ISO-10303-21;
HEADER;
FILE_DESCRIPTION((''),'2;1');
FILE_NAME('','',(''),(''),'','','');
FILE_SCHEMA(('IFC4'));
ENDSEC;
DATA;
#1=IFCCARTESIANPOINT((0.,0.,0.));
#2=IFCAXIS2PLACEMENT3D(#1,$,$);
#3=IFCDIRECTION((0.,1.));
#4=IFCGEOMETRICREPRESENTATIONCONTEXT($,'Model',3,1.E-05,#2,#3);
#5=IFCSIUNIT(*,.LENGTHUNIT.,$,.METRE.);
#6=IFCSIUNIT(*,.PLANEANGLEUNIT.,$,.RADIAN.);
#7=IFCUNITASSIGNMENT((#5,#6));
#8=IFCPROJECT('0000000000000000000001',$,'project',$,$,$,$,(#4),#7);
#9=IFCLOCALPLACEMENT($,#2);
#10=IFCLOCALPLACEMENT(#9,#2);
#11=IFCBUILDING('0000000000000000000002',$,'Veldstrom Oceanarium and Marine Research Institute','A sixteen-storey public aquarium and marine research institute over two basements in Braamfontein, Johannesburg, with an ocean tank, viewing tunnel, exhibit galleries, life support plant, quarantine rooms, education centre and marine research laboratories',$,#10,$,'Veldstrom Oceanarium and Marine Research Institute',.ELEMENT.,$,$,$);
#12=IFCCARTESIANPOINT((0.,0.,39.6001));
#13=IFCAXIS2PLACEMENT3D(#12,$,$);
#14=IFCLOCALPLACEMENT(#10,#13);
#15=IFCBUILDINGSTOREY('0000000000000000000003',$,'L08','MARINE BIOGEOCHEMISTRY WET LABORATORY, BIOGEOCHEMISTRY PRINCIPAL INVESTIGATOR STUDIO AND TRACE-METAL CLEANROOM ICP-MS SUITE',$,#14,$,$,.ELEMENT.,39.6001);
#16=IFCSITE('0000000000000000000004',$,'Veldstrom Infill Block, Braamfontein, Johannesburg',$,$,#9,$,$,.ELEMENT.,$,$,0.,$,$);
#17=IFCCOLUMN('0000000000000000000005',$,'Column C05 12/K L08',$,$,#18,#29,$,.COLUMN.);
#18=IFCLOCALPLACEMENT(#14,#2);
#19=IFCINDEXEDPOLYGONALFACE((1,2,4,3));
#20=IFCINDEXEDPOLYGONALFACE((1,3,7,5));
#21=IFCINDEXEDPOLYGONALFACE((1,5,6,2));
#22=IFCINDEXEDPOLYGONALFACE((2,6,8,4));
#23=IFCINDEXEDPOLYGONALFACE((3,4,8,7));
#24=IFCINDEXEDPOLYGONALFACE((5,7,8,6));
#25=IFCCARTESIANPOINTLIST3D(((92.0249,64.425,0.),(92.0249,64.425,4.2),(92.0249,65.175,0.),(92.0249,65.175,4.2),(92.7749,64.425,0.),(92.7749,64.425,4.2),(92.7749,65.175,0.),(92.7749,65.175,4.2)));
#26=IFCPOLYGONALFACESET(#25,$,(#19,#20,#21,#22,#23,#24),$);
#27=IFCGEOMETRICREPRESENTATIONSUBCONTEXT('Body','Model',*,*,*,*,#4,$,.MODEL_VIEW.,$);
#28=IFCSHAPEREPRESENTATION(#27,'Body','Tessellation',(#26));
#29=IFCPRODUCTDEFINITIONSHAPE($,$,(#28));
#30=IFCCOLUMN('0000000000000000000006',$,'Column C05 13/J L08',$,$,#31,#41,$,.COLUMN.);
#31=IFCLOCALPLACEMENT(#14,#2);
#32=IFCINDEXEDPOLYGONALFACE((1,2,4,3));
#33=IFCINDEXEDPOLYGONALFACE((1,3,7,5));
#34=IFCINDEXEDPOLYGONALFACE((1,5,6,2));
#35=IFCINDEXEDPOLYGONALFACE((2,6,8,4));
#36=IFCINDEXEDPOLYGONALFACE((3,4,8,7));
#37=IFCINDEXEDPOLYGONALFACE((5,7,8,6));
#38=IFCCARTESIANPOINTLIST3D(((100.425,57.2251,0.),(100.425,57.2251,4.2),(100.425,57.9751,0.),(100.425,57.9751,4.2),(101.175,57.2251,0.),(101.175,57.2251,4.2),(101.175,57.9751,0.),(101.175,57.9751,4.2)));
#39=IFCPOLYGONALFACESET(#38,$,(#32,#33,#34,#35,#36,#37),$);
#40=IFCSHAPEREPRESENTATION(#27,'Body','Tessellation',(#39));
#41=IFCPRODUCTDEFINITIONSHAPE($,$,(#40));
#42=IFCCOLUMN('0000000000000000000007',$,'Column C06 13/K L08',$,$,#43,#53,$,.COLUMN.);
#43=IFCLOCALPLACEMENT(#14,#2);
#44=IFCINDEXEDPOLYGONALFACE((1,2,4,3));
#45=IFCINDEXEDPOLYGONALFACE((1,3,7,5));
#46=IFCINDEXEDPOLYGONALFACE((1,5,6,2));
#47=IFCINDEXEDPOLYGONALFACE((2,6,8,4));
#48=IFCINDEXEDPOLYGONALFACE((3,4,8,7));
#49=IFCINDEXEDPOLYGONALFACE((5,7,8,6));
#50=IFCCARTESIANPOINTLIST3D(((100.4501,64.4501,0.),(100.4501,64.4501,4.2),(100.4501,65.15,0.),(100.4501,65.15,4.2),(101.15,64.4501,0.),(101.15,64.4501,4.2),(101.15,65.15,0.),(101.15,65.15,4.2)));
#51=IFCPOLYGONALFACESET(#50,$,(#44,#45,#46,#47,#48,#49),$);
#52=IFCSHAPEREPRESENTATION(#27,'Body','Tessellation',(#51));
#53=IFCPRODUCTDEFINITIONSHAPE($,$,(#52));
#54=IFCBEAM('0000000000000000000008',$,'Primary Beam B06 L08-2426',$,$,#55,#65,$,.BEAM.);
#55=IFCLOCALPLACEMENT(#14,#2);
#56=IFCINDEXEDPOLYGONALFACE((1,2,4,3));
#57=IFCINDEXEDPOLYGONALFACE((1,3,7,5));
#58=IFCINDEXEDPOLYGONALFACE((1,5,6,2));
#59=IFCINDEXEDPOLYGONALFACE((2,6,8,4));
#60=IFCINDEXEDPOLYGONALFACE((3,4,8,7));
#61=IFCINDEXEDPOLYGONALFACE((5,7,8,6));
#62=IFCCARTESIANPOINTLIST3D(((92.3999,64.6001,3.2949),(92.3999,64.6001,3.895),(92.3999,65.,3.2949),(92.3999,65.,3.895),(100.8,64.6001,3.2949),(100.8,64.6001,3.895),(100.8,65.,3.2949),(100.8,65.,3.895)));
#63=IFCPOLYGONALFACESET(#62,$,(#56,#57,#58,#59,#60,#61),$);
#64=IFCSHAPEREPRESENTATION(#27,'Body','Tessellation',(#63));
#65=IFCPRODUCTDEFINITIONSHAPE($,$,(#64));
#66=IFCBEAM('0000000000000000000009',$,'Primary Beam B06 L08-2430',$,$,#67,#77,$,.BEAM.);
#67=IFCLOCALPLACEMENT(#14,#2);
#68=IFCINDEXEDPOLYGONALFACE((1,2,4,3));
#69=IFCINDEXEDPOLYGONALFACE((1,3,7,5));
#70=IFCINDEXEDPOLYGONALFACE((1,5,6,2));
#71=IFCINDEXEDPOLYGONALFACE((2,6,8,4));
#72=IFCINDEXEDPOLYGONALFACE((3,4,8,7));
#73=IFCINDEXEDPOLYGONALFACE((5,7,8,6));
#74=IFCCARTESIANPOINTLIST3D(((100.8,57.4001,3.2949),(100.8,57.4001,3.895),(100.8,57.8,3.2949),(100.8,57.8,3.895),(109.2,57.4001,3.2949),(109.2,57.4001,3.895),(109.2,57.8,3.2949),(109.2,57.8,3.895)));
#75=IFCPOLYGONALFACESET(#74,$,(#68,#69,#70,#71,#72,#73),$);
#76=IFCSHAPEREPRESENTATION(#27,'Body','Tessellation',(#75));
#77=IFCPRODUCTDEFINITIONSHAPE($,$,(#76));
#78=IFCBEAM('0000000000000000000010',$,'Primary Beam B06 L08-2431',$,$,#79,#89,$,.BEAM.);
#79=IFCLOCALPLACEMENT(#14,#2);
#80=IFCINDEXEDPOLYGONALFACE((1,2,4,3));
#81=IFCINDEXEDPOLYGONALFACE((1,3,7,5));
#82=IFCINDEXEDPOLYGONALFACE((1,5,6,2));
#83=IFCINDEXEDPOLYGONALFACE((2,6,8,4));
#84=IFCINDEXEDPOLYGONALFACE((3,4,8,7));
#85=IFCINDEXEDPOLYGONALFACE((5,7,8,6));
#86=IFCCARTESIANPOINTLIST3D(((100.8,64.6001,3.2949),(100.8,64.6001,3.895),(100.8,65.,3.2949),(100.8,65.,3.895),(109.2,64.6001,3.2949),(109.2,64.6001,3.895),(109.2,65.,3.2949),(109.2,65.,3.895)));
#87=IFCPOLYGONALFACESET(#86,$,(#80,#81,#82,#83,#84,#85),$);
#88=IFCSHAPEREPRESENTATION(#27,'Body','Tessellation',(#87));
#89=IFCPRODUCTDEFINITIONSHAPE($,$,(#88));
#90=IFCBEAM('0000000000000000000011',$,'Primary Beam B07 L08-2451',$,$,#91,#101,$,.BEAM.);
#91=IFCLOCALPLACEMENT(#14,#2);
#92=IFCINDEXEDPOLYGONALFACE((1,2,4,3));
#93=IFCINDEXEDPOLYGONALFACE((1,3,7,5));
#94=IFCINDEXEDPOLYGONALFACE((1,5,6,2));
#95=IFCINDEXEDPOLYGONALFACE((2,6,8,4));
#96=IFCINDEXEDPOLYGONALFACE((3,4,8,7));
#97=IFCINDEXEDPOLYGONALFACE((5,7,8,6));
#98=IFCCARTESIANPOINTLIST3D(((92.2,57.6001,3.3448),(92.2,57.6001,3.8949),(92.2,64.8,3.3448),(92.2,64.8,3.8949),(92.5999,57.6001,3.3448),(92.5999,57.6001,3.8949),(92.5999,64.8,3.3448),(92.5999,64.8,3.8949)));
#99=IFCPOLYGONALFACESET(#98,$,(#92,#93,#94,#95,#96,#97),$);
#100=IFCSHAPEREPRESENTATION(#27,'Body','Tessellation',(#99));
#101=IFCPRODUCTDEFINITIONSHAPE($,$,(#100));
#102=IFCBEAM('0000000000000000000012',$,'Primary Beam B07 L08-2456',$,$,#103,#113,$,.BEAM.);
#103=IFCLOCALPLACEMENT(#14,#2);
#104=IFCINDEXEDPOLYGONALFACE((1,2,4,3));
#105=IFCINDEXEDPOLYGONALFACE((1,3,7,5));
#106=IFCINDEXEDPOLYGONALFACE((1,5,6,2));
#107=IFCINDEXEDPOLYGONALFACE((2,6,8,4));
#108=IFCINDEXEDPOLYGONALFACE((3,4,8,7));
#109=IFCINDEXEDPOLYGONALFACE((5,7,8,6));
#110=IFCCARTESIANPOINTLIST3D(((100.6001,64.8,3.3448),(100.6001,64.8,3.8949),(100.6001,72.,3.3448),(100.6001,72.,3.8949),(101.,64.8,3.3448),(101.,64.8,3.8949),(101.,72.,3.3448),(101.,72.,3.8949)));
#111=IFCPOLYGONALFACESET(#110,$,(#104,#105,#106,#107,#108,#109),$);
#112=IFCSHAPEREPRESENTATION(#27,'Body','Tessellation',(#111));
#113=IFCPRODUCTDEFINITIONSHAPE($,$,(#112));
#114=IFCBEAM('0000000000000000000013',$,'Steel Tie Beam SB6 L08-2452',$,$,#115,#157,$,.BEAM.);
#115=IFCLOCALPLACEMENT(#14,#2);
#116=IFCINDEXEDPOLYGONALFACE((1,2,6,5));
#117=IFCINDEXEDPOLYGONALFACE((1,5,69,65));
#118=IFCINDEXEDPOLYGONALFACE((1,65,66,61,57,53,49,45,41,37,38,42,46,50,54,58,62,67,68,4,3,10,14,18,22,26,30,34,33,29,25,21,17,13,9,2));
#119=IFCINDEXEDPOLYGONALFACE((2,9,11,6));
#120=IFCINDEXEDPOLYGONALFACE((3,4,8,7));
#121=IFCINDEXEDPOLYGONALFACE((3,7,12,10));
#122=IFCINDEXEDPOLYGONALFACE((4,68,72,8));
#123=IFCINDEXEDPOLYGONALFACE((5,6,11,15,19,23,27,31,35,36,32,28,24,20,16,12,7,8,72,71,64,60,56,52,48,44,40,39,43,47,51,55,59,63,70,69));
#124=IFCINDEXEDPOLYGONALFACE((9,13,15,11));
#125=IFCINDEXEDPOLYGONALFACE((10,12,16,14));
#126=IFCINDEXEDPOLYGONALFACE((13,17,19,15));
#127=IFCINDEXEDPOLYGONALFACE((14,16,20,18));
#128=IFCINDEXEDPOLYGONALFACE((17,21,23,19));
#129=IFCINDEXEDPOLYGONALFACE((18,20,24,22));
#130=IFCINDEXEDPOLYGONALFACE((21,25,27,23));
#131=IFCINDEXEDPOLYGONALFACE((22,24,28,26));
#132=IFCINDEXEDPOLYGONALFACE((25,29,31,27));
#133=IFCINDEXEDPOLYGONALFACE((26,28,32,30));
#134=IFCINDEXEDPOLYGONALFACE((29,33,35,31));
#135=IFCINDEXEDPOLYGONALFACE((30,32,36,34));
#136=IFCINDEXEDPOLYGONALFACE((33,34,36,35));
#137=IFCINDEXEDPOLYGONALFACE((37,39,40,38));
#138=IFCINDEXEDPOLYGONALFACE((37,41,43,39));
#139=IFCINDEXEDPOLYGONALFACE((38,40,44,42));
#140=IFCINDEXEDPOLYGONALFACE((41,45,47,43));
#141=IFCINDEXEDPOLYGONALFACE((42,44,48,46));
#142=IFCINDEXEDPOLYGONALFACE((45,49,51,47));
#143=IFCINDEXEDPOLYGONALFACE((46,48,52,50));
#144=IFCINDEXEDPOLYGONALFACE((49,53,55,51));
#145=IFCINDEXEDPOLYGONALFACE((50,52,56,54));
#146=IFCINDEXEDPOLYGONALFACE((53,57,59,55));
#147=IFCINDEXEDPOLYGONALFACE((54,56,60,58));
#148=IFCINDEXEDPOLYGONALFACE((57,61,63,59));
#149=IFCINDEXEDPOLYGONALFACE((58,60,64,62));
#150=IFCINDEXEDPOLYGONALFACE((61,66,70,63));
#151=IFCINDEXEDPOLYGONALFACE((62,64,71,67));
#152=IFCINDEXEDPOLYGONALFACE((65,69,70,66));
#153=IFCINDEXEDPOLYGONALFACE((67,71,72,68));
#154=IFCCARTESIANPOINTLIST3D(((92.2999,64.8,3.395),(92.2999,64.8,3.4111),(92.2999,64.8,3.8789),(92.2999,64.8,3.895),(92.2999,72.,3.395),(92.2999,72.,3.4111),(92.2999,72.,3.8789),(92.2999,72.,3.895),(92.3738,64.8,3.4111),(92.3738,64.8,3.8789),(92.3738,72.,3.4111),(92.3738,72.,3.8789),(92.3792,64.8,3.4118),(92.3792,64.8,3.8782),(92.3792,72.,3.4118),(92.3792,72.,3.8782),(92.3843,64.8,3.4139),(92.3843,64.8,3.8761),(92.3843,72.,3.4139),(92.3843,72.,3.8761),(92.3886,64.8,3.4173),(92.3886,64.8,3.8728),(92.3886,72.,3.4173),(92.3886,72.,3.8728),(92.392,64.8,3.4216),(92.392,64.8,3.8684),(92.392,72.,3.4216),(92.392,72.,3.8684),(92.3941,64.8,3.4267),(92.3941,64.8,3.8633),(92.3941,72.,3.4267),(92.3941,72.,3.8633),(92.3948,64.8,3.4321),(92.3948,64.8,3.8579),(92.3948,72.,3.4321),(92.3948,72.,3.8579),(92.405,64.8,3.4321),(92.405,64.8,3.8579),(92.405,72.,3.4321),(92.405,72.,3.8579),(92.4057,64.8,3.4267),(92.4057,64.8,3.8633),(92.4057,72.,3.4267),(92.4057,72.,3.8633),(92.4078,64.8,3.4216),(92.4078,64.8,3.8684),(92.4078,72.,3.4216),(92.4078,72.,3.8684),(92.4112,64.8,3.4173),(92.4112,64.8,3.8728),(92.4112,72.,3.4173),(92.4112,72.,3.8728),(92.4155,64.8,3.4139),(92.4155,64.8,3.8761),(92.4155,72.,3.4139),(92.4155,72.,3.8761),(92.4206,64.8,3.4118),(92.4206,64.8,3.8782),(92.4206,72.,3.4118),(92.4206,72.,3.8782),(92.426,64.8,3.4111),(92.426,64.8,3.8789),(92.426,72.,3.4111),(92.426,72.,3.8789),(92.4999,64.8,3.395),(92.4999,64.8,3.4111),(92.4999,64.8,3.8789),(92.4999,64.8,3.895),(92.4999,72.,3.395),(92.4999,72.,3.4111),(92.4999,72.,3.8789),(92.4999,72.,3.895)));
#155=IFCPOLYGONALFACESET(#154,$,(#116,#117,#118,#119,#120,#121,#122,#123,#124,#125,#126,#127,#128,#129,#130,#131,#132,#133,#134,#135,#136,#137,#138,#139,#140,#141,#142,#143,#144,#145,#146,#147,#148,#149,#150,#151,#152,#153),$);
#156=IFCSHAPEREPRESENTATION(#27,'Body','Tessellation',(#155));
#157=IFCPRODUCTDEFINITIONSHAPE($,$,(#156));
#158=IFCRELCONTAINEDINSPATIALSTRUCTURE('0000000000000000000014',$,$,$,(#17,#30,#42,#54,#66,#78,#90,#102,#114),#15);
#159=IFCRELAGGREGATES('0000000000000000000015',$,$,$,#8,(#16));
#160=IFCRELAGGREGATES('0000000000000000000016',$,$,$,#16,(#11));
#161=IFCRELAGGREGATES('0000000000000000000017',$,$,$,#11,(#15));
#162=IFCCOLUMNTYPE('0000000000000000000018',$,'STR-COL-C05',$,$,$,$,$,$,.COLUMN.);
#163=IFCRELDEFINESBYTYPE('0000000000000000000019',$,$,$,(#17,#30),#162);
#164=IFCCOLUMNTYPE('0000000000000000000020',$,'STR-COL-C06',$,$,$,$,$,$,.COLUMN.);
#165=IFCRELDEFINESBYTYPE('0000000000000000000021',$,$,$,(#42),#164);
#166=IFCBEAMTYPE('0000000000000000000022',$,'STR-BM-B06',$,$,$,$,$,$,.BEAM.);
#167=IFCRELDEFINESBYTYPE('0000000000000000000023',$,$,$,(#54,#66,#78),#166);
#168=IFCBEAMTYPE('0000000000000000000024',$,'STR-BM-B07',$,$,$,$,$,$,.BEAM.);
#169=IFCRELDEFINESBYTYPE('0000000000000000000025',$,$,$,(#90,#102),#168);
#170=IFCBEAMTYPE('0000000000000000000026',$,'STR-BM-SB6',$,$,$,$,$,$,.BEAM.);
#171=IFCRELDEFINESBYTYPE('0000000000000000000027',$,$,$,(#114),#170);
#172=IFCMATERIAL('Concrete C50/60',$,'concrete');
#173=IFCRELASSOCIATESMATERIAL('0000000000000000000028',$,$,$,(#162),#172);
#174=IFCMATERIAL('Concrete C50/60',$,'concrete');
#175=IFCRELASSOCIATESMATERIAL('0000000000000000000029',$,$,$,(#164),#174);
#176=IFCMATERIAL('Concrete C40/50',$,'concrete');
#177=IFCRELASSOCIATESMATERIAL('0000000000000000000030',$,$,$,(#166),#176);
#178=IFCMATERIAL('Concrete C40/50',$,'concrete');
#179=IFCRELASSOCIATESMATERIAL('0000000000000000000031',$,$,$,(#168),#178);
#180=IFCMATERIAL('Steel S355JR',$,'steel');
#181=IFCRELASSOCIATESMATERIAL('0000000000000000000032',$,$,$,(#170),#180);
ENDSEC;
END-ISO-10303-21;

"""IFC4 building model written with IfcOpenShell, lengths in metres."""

from ifc_helpers import new_model, si_unit, direction, frame, origin, origin_2d, place, context, subcontext, project, spatial, rectangle, i_section, extrude, material, material_profile, profile_set, type_object, element, save


model = new_model("IFC4")

# Units and contexts
model_context = context("Model", 3, precision=1e-05, world=origin(), true_north=direction((0.0, 1.0)))
body_context = subcontext(model_context, "Body", "Model", "MODEL_VIEW")
ifc_project = project(units=[si_unit("LENGTHUNIT", "METRE"), si_unit("PLANEANGLEUNIT", "RADIAN")], contexts=[model_context])

# Site, building, storey
site_placement = place(None, origin())
site = spatial("IfcSite", under=ifc_project, at=site_placement, Name="Veldstrom Infill Block, Braamfontein, Johannesburg", CompositionType="ELEMENT", RefElevation=0.0)
building_placement = place(site_placement, origin())
building = spatial("IfcBuilding", under=site, at=building_placement, Name="Veldstrom Oceanarium and Marine Research Institute", Description="A sixteen-storey public aquarium and marine research institute over two basements in Braamfontein, Johannesburg, with an ocean tank, viewing tunnel, exhibit galleries, life support plant, quarantine rooms, education centre and marine research laboratories", LongName="Veldstrom Oceanarium and Marine Research Institute", CompositionType="ELEMENT")
storey_placement = place(building_placement, frame((0.0, 0.0, 39.6001)))
storey = spatial("IfcBuildingStorey", under=building, at=storey_placement, Name="L08", Description="MARINE BIOGEOCHEMISTRY WET LABORATORY, BIOGEOCHEMISTRY PRINCIPAL INVESTIGATOR STUDIO AND TRACE-METAL CLEANROOM ICP-MS SUITE", CompositionType="ELEMENT", Elevation=39.6001)

# Columns
ifc_material_1 = material(Name="Concrete C50/60", Category="concrete")
ifc_material_profile_1 = material_profile(ifc_material_1, rectangle(XDim=0.75, YDim=0.75, at=origin_2d()), Name="RC-COL-750x750")
ifc_profile_set_1 = profile_set([ifc_material_profile_1], Name="Concrete C50/60")
column_type_1 = type_object("IfcColumnType", Name="STR-COL-C05", PredefinedType="COLUMN", material=ifc_profile_set_1)
for number, where, z_axis, x_axis, name in (
    (1, (92.3999, 64.8, 0.0), (0.0, 0.0, 1.0), (1.0, 0.0, 0.0), "Column C05 12/K L08"),
    (2, (100.8, 57.6001, 0.0), (0.0, 0.0, 1.0), (1.0, 0.0, 0.0), "Column C05 13/J L08"),
):
    element("IfcColumn", number, at=place(storey_placement, frame(where, z_axis=z_axis, x_axis=x_axis)), inside=storey, type_object=column_type_1, Name=name, PredefinedType="COLUMN", context=body_context, shape_type="SweptSolid", body=[
        extrude(rectangle(XDim=0.75, YDim=0.75, at=origin_2d()), origin(), (0.0, 0.0, 1.0), 4.2),
    ])
ifc_material_2 = material(Name="Concrete C50/60", Category="concrete")
ifc_material_profile_2 = material_profile(ifc_material_2, rectangle(XDim=0.7, YDim=0.7, at=origin_2d()), Name="RC-COL-700x700")
ifc_profile_set_2 = profile_set([ifc_material_profile_2], Name="Concrete C50/60")
column_type_2 = type_object("IfcColumnType", Name="STR-COL-C06", PredefinedType="COLUMN", material=ifc_profile_set_2)
column_placement = place(storey_placement, frame((100.8, 64.8, 0.0), z_axis=(0.0, 0.0, 1.0), x_axis=(1.0, 0.0, 0.0)))
element("IfcColumn", 3, at=column_placement, inside=storey, type_object=column_type_2, Name="Column C06 13/K L08", PredefinedType="COLUMN", context=body_context, shape_type="SweptSolid", body=[
    extrude(rectangle(XDim=0.7, YDim=0.7, at=origin_2d()), origin(), (0.0, 0.0, 1.0), 4.2),
])

# Beams
ifc_material_3 = material(Name="Concrete C40/50", Category="concrete")
ifc_material_profile_3 = material_profile(ifc_material_3, rectangle(XDim=0.3999, YDim=0.6001, at=origin_2d()), Name="RC-BM-400x600")
ifc_profile_set_3 = profile_set([ifc_material_profile_3], Name="Concrete C40/50")
beam_type_1 = type_object("IfcBeamType", Name="STR-BM-B06", PredefinedType="BEAM", material=ifc_profile_set_3)
beam_1_placement = place(storey_placement, frame((92.3999, 64.8, 3.595), z_axis=(1.0, 0.0, 0.0), x_axis=(0.0, 1.0, 0.0)))
element("IfcBeam", 4, at=beam_1_placement, inside=storey, type_object=beam_type_1, Name="Primary Beam B06 L08-2426", PredefinedType="BEAM", context=body_context, shape_type="SweptSolid", body=[
    extrude(rectangle(XDim=0.3999, YDim=0.6001, at=origin_2d()), origin(), (0.0, 0.0, 1.0), 8.4001),
])
for number, where, z_axis, x_axis, name in (
    (5, (100.8, 57.6001, 3.595), (1.0, 0.0, 0.0), (0.0, 1.0, 0.0), "Primary Beam B06 L08-2430"),
    (6, (100.8, 64.8, 3.595), (1.0, 0.0, 0.0), (0.0, 1.0, 0.0), "Primary Beam B06 L08-2431"),
):
    element("IfcBeam", number, at=place(storey_placement, frame(where, z_axis=z_axis, x_axis=x_axis)), inside=storey, type_object=beam_type_1, Name=name, PredefinedType="BEAM", context=body_context, shape_type="SweptSolid", body=[
        extrude(rectangle(XDim=0.3999, YDim=0.6001, at=origin_2d()), origin(), (0.0, 0.0, 1.0), 8.3999),
    ])
ifc_material_4 = material(Name="Concrete C40/50", Category="concrete")
ifc_material_profile_4 = material_profile(ifc_material_4, rectangle(XDim=0.3999, YDim=0.55, at=origin_2d()), Name="RC-BM-400x550")
ifc_profile_set_4 = profile_set([ifc_material_profile_4], Name="Concrete C40/50")
beam_type_2 = type_object("IfcBeamType", Name="STR-BM-B07", PredefinedType="BEAM", material=ifc_profile_set_4)
for number, where, z_axis, x_axis, name in (
    (7, (92.3999, 57.6001, 3.6199), (0.0, 1.0, 0.0), (-1.0, 0.0, 0.0), "Primary Beam B07 L08-2451"),
    (8, (100.8, 64.8, 3.6199), (0.0, 1.0, 0.0), (-1.0, 0.0, 0.0), "Primary Beam B07 L08-2456"),
):
    element("IfcBeam", number, at=place(storey_placement, frame(where, z_axis=z_axis, x_axis=x_axis)), inside=storey, type_object=beam_type_2, Name=name, PredefinedType="BEAM", context=body_context, shape_type="SweptSolid", body=[
        extrude(rectangle(XDim=0.3999, YDim=0.55, at=origin_2d()), origin(), (0.0, 0.0, 1.0), 7.2),
    ])
ifc_material_5 = material(Name="Steel S355JR", Category="steel")
ifc_material_profile_5 = material_profile(ifc_material_5, i_section(OverallWidth=0.2, OverallDepth=0.5, WebThickness=0.0103, FlangeThickness=0.0161, FilletRadius=0.021, at=origin_2d()), Name="IPE 500")
ifc_profile_set_5 = profile_set([ifc_material_profile_5], Name="Steel S355JR")
beam_type_3 = type_object("IfcBeamType", Name="STR-BM-SB6", PredefinedType="BEAM", material=ifc_profile_set_5)
for number, where, z_axis, x_axis, name in (
    (9, (92.3999, 64.8, 3.645), (0.0, 1.0, 0.0), (-1.0, 0.0, 0.0), "Steel Tie Beam SB6 L08-2452"),
):
    element("IfcBeam", number, at=place(storey_placement, frame(where, z_axis=z_axis, x_axis=x_axis)), inside=storey, type_object=beam_type_3, Name=name, PredefinedType="BEAM", context=body_context, shape_type="SweptSolid", body=[
        extrude(i_section(OverallWidth=0.2, OverallDepth=0.5, WebThickness=0.0103, FlangeThickness=0.0161, FilletRadius=0.021, at=origin_2d()), origin(), (0.0, 0.0, 1.0), 7.2),
    ])

save(model, "model.ifc")
